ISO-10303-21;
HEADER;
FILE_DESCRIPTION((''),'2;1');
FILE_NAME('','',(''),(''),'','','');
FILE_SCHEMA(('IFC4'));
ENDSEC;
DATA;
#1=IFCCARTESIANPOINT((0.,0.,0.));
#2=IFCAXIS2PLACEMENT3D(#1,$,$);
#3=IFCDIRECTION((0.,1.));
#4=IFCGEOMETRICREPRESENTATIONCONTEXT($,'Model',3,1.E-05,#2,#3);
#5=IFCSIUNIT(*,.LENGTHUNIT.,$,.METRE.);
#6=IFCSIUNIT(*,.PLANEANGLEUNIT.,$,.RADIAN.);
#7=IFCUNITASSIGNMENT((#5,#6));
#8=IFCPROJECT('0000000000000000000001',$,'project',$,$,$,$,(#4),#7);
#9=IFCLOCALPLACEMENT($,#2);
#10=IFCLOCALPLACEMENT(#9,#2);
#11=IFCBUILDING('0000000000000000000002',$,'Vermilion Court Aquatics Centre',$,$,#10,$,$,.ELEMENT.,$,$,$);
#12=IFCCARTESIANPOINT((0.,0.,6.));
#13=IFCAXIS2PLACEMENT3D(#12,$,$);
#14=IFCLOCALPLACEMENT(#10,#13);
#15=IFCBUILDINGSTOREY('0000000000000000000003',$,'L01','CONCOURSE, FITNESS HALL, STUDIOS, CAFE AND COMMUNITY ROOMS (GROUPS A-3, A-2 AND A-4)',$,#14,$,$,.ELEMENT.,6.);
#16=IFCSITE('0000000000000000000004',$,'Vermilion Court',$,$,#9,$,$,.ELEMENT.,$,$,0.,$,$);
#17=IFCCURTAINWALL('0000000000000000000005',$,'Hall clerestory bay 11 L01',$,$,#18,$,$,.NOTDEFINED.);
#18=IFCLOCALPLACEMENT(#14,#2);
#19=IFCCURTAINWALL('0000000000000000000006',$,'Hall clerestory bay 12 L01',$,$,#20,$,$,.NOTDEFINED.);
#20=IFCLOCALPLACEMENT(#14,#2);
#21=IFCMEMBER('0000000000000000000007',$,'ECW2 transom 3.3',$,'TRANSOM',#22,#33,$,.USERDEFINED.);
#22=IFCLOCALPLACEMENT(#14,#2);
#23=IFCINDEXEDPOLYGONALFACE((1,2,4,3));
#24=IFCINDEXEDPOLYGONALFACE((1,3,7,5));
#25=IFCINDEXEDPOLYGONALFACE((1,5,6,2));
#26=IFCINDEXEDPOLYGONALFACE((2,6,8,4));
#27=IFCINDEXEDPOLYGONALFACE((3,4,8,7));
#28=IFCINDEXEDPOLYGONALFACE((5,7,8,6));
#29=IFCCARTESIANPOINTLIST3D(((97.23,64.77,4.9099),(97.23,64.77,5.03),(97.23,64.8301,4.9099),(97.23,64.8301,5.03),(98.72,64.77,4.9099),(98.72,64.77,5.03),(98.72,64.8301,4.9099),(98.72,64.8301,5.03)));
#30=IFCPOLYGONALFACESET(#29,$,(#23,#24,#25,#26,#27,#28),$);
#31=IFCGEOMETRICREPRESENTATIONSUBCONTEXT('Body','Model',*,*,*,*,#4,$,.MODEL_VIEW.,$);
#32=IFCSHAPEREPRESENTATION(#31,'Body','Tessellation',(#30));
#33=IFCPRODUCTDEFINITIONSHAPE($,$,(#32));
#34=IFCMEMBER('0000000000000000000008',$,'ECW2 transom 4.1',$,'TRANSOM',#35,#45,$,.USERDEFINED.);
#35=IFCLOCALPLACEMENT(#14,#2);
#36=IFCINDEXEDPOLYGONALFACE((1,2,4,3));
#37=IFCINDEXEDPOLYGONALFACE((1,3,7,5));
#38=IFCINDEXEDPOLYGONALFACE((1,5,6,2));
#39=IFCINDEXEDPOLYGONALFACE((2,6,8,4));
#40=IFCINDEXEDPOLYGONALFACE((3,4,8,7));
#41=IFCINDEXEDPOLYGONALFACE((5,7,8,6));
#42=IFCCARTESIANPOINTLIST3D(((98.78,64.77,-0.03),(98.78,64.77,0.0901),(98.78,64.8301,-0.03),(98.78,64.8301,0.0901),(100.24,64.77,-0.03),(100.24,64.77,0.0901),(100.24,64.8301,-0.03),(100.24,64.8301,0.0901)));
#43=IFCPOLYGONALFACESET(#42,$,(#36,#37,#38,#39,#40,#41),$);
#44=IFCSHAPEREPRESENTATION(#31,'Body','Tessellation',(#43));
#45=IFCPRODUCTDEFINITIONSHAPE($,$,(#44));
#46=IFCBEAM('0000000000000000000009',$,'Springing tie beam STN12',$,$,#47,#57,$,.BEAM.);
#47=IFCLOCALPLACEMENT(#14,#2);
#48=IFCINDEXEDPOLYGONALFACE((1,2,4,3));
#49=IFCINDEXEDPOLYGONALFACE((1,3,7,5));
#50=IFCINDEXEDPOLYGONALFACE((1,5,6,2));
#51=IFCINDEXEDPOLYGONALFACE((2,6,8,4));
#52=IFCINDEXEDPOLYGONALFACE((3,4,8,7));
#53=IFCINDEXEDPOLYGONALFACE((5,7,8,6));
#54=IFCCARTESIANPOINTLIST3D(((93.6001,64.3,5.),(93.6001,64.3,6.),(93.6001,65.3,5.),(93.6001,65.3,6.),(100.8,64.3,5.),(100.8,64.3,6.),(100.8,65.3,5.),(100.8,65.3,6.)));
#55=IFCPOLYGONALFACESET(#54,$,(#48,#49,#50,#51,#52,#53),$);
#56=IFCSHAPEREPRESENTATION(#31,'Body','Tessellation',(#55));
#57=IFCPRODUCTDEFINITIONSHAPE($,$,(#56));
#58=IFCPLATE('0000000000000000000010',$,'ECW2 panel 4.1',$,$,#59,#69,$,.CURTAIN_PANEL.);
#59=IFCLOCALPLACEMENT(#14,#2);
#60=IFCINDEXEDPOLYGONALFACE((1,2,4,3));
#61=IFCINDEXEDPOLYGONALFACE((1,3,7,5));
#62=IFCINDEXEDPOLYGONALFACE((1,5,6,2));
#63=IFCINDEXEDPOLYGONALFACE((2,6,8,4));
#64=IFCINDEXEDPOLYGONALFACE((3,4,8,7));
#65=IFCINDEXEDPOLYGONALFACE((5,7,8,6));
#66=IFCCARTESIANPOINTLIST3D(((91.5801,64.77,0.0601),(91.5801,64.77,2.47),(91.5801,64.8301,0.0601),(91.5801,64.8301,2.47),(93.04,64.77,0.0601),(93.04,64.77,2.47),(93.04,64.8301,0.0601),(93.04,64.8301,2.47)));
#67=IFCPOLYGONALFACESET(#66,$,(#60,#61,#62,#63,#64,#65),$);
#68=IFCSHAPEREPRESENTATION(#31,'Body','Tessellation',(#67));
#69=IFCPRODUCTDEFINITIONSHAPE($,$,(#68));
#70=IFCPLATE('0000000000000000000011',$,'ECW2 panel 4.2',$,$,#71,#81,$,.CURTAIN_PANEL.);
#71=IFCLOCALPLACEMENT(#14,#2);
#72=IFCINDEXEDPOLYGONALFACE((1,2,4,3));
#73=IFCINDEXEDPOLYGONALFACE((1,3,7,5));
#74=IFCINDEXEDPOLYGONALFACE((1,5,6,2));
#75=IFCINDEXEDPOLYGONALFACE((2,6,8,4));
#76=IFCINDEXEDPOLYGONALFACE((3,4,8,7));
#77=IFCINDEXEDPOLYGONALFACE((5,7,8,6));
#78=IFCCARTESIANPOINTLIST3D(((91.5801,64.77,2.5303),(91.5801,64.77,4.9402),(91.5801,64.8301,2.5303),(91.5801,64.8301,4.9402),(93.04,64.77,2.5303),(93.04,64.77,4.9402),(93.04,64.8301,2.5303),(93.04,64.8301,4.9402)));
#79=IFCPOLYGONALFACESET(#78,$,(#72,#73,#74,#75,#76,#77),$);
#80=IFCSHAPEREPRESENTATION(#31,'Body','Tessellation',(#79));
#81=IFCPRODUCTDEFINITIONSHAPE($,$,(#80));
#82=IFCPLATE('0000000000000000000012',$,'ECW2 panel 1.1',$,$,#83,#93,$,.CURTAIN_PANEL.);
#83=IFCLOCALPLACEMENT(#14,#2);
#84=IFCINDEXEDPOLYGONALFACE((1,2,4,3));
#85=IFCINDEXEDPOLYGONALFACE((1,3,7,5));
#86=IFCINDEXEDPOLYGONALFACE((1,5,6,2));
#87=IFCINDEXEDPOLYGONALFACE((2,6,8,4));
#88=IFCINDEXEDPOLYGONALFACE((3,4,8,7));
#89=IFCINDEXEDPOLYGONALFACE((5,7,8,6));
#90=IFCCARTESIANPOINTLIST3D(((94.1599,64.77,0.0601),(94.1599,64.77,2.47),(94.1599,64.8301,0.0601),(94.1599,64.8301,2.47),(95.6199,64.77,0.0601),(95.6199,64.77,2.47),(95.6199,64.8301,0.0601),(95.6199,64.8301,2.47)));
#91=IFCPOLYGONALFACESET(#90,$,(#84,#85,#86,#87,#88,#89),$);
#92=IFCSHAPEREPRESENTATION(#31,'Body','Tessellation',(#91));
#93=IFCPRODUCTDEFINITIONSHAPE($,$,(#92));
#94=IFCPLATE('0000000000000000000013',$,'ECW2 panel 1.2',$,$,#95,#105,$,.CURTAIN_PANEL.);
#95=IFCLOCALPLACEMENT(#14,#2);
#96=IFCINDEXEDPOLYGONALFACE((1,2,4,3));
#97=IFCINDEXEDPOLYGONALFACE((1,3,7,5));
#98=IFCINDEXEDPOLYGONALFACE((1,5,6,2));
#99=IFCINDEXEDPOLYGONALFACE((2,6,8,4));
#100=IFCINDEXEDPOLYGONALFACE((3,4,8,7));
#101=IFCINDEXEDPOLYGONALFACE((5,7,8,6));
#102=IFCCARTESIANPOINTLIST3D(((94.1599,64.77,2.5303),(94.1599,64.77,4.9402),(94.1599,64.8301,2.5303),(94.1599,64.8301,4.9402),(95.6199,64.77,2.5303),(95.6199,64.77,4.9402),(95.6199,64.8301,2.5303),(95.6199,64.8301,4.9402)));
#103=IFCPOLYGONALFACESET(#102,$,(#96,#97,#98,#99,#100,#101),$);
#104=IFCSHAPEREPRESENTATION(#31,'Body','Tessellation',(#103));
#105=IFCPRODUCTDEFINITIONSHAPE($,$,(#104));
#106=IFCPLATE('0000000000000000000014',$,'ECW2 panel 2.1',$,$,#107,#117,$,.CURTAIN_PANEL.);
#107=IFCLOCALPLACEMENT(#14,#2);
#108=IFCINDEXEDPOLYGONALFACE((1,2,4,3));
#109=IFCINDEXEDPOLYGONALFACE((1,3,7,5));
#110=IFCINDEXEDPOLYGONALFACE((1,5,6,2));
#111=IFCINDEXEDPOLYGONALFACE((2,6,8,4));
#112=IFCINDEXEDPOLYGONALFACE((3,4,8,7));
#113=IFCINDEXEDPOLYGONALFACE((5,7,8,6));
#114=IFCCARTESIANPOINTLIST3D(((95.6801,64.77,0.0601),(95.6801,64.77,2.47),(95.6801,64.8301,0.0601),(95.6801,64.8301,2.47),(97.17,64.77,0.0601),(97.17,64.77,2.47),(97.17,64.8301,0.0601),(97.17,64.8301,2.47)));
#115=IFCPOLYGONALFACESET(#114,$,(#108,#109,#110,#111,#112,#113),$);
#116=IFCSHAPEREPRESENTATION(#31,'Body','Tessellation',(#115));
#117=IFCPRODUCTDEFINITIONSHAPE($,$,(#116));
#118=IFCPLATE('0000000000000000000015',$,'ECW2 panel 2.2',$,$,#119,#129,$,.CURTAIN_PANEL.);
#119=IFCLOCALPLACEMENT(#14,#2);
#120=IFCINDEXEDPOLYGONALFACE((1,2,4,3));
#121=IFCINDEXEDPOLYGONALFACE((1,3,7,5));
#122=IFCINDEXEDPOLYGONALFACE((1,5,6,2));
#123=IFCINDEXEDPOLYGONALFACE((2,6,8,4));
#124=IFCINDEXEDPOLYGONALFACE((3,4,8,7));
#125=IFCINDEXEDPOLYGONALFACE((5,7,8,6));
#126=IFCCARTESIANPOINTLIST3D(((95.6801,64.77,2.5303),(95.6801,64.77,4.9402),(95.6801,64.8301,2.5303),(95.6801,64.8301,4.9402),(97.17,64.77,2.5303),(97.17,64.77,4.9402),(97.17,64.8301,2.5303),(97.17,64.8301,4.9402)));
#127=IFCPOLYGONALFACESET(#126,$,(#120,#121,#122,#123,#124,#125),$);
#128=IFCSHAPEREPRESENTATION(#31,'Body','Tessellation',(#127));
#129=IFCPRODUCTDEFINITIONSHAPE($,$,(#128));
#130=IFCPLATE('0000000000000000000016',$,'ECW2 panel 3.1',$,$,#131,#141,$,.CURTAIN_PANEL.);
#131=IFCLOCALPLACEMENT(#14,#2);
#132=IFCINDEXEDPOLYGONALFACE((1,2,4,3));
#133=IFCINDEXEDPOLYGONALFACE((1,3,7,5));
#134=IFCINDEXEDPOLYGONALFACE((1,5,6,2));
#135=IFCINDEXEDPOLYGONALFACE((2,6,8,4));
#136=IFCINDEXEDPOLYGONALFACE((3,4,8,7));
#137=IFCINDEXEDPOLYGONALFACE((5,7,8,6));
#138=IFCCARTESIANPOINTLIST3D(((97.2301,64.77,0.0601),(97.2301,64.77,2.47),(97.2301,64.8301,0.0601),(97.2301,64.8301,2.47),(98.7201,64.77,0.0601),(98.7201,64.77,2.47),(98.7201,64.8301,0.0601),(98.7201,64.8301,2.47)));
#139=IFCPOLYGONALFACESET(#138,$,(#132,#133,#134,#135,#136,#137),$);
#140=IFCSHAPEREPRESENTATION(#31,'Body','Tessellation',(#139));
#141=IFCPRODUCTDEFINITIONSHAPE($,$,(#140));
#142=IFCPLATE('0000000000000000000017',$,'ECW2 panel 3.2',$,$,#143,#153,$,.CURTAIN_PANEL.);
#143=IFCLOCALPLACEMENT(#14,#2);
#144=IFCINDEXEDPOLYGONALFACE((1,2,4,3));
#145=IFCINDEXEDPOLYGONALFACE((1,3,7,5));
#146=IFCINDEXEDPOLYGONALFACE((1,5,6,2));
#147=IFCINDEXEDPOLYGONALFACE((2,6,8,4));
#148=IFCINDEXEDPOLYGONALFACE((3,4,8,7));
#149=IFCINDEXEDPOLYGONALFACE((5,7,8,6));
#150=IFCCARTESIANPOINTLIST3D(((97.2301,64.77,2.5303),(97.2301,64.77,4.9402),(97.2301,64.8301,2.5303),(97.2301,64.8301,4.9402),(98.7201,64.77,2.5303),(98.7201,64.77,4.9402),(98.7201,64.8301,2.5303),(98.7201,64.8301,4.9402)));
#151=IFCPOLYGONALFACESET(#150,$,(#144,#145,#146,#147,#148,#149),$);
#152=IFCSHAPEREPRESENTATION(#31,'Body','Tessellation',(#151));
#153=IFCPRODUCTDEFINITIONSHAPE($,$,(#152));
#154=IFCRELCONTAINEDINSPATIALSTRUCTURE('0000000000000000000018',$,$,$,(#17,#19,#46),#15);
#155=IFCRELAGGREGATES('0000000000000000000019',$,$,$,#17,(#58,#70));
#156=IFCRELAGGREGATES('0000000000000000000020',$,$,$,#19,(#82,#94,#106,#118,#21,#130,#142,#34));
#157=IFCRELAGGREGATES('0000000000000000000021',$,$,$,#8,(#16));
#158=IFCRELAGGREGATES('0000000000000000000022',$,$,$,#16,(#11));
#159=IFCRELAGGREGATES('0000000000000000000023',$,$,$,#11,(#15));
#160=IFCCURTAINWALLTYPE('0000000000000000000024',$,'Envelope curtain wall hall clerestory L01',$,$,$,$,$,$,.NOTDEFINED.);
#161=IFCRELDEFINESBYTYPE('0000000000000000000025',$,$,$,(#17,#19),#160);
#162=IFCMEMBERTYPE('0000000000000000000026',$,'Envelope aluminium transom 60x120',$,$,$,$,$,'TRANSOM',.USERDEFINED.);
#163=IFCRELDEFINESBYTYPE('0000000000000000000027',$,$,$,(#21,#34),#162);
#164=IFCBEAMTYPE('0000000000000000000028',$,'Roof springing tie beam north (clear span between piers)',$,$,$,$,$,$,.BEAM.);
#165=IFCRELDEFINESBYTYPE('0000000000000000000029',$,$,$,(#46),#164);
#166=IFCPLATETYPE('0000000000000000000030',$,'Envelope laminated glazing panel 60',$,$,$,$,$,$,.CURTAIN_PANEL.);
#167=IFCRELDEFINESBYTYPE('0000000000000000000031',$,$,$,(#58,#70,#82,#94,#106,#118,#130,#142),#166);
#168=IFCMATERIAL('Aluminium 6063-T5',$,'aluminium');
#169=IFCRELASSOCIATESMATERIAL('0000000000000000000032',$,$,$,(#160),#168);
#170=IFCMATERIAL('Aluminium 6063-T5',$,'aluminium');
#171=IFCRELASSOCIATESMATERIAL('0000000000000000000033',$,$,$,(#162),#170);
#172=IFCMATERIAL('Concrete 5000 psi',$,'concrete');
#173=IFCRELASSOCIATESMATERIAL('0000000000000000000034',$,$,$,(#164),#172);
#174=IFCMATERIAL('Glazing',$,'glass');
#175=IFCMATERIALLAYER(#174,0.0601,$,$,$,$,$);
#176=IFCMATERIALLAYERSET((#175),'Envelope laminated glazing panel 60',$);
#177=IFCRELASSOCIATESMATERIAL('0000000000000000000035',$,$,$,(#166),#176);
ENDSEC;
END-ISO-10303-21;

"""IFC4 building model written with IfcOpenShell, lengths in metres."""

from ifc_helpers import new_model, si_unit, direction, frame, origin, origin_2d, place, context, subcontext, project, spatial, rectangle, extrude, material, layer, layer_set, material_profile, profile_set, type_object, element, aggregate, save


model = new_model("IFC4")

# Units and contexts
model_context = context("Model", 3, precision=1e-05, world=origin(), true_north=direction((0.0, 1.0)))
body_context = subcontext(model_context, "Body", "Model", "MODEL_VIEW")
ifc_project = project(units=[si_unit("LENGTHUNIT", "METRE"), si_unit("PLANEANGLEUNIT", "RADIAN")], contexts=[model_context])

# Site, building, storey
site_placement = place(None, origin())
site = spatial("IfcSite", under=ifc_project, at=site_placement, Name="Vermilion Court", CompositionType="ELEMENT", RefElevation=0.0)
building_placement = place(site_placement, origin())
building = spatial("IfcBuilding", under=site, at=building_placement, Name="Vermilion Court Aquatics Centre", CompositionType="ELEMENT")
storey_placement = place(building_placement, frame((0.0, 0.0, 6.0)))
storey = spatial("IfcBuildingStorey", under=building, at=storey_placement, Name="L01", Description="CONCOURSE, FITNESS HALL, STUDIOS, CAFE AND COMMUNITY ROOMS (GROUPS A-3, A-2 AND A-4)", CompositionType="ELEMENT", Elevation=6.0)

# Curtain wall
ifc_material_1 = material(Name="Aluminium 6063-T5", Category="aluminium")
curtain_wall_type = type_object("IfcCurtainWallType", Name="Envelope curtain wall hall clerestory L01", PredefinedType="NOTDEFINED", material=ifc_material_1)
curtain_wall_1_placement = place(storey_placement, origin())
curtain_wall_1 = element("IfcCurtainWall", 1, at=curtain_wall_1_placement, inside=storey, type_object=curtain_wall_type, Name="Hall clerestory bay 11 L01", PredefinedType="NOTDEFINED")

# Curtain wall
curtain_wall_2_placement = place(storey_placement, origin())
curtain_wall_2 = element("IfcCurtainWall", 2, at=curtain_wall_2_placement, inside=storey, type_object=curtain_wall_type, Name="Hall clerestory bay 12 L01", PredefinedType="NOTDEFINED")

# Members
ifc_material_2 = material(Name="Aluminium 6063-T5", Category="aluminium")
ifc_material_profile_1 = material_profile(ifc_material_2, rectangle(XDim=0.0601, YDim=0.1201, at=origin_2d()), Name="AL 60x120")
ifc_profile_set_1 = profile_set([ifc_material_profile_1], Name="Aluminium 6063-T5")
member_type_1 = type_object("IfcMemberType", Name="Envelope aluminium transom 60x120", ElementType="TRANSOM", PredefinedType="USERDEFINED", material=ifc_profile_set_1)
member_1_placement = place(storey_placement, frame((97.23, 64.8, 4.97), z_axis=(1.0, 0.0, 0.0), x_axis=(0.0, 1.0, 0.0)))
member_1 = element("IfcMember", 3, at=member_1_placement, type_object=member_type_1, Name="ECW2 transom 3.3", ObjectType="TRANSOM", PredefinedType="USERDEFINED", context=body_context, shape_type="SweptSolid", body=[
    extrude(rectangle(XDim=0.0601, YDim=0.1201, at=origin_2d()), origin(), (0.0, 0.0, 1.0), 1.49),
])
member_2_placement = place(storey_placement, frame((98.78, 64.8, 0.03), z_axis=(1.0, 0.0, 0.0), x_axis=(0.0, 1.0, 0.0)))
member_2 = element("IfcMember", 4, at=member_2_placement, type_object=member_type_1, Name="ECW2 transom 4.1", ObjectType="TRANSOM", PredefinedType="USERDEFINED", context=body_context, shape_type="SweptSolid", body=[
    extrude(rectangle(XDim=0.0601, YDim=0.1201, at=origin_2d()), origin(), (0.0, 0.0, 1.0), 1.46),
])

# Beam
ifc_material_3 = material(Name="Concrete 5000 psi", Category="concrete")
ifc_material_profile_2 = material_profile(ifc_material_3, rectangle(XDim=1.0, YDim=1.0, at=origin_2d()), Name="RC 1000x1000")
ifc_profile_set_2 = profile_set([ifc_material_profile_2], Name="Concrete 5000 psi")
beam_type = type_object("IfcBeamType", Name="Roof springing tie beam north (clear span between piers)", PredefinedType="BEAM", material=ifc_profile_set_2)
beam_placement = place(storey_placement, frame((93.6001, 64.8, 5.5), z_axis=(1.0, 0.0, 0.0), x_axis=(0.0, 1.0, 0.0)))
element("IfcBeam", 5, at=beam_placement, inside=storey, type_object=beam_type, Name="Springing tie beam STN12", PredefinedType="BEAM", context=body_context, shape_type="SweptSolid", body=[
    extrude(rectangle(XDim=1.0, YDim=1.0, at=origin_2d()), origin(), (0.0, 0.0, 1.0), 7.2),
])

# Plates
ifc_material_4 = material(Name="Glazing", Category="glass")
ifc_layer = layer(ifc_material_4, 0.0601)
ifc_layer_set = layer_set([ifc_layer], Name="Envelope laminated glazing panel 60")
plate_type = type_object("IfcPlateType", Name="Envelope laminated glazing panel 60", PredefinedType="CURTAIN_PANEL", material=ifc_layer_set)
plate_1_placement = place(storey_placement, frame((92.3101, 64.8, 0.0601), z_axis=(0.0, 0.0, 1.0), x_axis=(1.0, 0.0, 0.0)))
plate_1 = element("IfcPlate", 6, at=plate_1_placement, type_object=plate_type, Name="ECW2 panel 4.1", PredefinedType="CURTAIN_PANEL", context=body_context, shape_type="SweptSolid", body=[
    extrude(rectangle(XDim=1.46, YDim=0.0601, at=origin_2d()), origin(), (0.0, 0.0, 1.0), 2.4099),
])
plate_2_placement = place(storey_placement, frame((92.3101, 64.8, 2.5303), z_axis=(0.0, 0.0, 1.0), x_axis=(1.0, 0.0, 0.0)))
plate_2 = element("IfcPlate", 7, at=plate_2_placement, type_object=plate_type, Name="ECW2 panel 4.2", PredefinedType="CURTAIN_PANEL", context=body_context, shape_type="SweptSolid", body=[
    extrude(rectangle(XDim=1.46, YDim=0.0601, at=origin_2d()), origin(), (0.0, 0.0, 1.0), 2.4099),
])
aggregate(curtain_wall_1, [plate_1, plate_2])
plate_3_placement = place(storey_placement, frame((94.8899, 64.8, 0.0601), z_axis=(0.0, 0.0, 1.0), x_axis=(1.0, 0.0, 0.0)))
plate_3 = element("IfcPlate", 8, at=plate_3_placement, type_object=plate_type, Name="ECW2 panel 1.1", PredefinedType="CURTAIN_PANEL", context=body_context, shape_type="SweptSolid", body=[
    extrude(rectangle(XDim=1.46, YDim=0.0601, at=origin_2d()), origin(), (0.0, 0.0, 1.0), 2.4099),
])
plate_4_placement = place(storey_placement, frame((94.8899, 64.8, 2.5303), z_axis=(0.0, 0.0, 1.0), x_axis=(1.0, 0.0, 0.0)))
plate_4 = element("IfcPlate", 9, at=plate_4_placement, type_object=plate_type, Name="ECW2 panel 1.2", PredefinedType="CURTAIN_PANEL", context=body_context, shape_type="SweptSolid", body=[
    extrude(rectangle(XDim=1.46, YDim=0.0601, at=origin_2d()), origin(), (0.0, 0.0, 1.0), 2.4099),
])
plate_5_placement = place(storey_placement, frame((96.425, 64.8, 0.0601), z_axis=(0.0, 0.0, 1.0), x_axis=(1.0, 0.0, 0.0)))
plate_5 = element("IfcPlate", 10, at=plate_5_placement, type_object=plate_type, Name="ECW2 panel 2.1", PredefinedType="CURTAIN_PANEL", context=body_context, shape_type="SweptSolid", body=[
    extrude(rectangle(XDim=1.49, YDim=0.0601, at=origin_2d()), origin(), (0.0, 0.0, 1.0), 2.4099),
])
plate_6_placement = place(storey_placement, frame((96.425, 64.8, 2.5303), z_axis=(0.0, 0.0, 1.0), x_axis=(1.0, 0.0, 0.0)))
plate_6 = element("IfcPlate", 11, at=plate_6_placement, type_object=plate_type, Name="ECW2 panel 2.2", PredefinedType="CURTAIN_PANEL", context=body_context, shape_type="SweptSolid", body=[
    extrude(rectangle(XDim=1.49, YDim=0.0601, at=origin_2d()), origin(), (0.0, 0.0, 1.0), 2.4099),
])
plate_7_placement = place(storey_placement, frame((97.9751, 64.8, 0.0601), z_axis=(0.0, 0.0, 1.0), x_axis=(1.0, 0.0, 0.0)))
plate_7 = element("IfcPlate", 12, at=plate_7_placement, type_object=plate_type, Name="ECW2 panel 3.1", PredefinedType="CURTAIN_PANEL", context=body_context, shape_type="SweptSolid", body=[
    extrude(rectangle(XDim=1.49, YDim=0.0601, at=origin_2d()), origin(), (0.0, 0.0, 1.0), 2.4099),
])
plate_8_placement = place(storey_placement, frame((97.9751, 64.8, 2.5303), z_axis=(0.0, 0.0, 1.0), x_axis=(1.0, 0.0, 0.0)))
plate_8 = element("IfcPlate", 13, at=plate_8_placement, type_object=plate_type, Name="ECW2 panel 3.2", PredefinedType="CURTAIN_PANEL", context=body_context, shape_type="SweptSolid", body=[
    extrude(rectangle(XDim=1.49, YDim=0.0601, at=origin_2d()), origin(), (0.0, 0.0, 1.0), 2.4099),
])
aggregate(curtain_wall_2, [plate_3, plate_4, plate_5, plate_6, member_1, plate_7, plate_8, member_2])

save(model, "model.ifc")
